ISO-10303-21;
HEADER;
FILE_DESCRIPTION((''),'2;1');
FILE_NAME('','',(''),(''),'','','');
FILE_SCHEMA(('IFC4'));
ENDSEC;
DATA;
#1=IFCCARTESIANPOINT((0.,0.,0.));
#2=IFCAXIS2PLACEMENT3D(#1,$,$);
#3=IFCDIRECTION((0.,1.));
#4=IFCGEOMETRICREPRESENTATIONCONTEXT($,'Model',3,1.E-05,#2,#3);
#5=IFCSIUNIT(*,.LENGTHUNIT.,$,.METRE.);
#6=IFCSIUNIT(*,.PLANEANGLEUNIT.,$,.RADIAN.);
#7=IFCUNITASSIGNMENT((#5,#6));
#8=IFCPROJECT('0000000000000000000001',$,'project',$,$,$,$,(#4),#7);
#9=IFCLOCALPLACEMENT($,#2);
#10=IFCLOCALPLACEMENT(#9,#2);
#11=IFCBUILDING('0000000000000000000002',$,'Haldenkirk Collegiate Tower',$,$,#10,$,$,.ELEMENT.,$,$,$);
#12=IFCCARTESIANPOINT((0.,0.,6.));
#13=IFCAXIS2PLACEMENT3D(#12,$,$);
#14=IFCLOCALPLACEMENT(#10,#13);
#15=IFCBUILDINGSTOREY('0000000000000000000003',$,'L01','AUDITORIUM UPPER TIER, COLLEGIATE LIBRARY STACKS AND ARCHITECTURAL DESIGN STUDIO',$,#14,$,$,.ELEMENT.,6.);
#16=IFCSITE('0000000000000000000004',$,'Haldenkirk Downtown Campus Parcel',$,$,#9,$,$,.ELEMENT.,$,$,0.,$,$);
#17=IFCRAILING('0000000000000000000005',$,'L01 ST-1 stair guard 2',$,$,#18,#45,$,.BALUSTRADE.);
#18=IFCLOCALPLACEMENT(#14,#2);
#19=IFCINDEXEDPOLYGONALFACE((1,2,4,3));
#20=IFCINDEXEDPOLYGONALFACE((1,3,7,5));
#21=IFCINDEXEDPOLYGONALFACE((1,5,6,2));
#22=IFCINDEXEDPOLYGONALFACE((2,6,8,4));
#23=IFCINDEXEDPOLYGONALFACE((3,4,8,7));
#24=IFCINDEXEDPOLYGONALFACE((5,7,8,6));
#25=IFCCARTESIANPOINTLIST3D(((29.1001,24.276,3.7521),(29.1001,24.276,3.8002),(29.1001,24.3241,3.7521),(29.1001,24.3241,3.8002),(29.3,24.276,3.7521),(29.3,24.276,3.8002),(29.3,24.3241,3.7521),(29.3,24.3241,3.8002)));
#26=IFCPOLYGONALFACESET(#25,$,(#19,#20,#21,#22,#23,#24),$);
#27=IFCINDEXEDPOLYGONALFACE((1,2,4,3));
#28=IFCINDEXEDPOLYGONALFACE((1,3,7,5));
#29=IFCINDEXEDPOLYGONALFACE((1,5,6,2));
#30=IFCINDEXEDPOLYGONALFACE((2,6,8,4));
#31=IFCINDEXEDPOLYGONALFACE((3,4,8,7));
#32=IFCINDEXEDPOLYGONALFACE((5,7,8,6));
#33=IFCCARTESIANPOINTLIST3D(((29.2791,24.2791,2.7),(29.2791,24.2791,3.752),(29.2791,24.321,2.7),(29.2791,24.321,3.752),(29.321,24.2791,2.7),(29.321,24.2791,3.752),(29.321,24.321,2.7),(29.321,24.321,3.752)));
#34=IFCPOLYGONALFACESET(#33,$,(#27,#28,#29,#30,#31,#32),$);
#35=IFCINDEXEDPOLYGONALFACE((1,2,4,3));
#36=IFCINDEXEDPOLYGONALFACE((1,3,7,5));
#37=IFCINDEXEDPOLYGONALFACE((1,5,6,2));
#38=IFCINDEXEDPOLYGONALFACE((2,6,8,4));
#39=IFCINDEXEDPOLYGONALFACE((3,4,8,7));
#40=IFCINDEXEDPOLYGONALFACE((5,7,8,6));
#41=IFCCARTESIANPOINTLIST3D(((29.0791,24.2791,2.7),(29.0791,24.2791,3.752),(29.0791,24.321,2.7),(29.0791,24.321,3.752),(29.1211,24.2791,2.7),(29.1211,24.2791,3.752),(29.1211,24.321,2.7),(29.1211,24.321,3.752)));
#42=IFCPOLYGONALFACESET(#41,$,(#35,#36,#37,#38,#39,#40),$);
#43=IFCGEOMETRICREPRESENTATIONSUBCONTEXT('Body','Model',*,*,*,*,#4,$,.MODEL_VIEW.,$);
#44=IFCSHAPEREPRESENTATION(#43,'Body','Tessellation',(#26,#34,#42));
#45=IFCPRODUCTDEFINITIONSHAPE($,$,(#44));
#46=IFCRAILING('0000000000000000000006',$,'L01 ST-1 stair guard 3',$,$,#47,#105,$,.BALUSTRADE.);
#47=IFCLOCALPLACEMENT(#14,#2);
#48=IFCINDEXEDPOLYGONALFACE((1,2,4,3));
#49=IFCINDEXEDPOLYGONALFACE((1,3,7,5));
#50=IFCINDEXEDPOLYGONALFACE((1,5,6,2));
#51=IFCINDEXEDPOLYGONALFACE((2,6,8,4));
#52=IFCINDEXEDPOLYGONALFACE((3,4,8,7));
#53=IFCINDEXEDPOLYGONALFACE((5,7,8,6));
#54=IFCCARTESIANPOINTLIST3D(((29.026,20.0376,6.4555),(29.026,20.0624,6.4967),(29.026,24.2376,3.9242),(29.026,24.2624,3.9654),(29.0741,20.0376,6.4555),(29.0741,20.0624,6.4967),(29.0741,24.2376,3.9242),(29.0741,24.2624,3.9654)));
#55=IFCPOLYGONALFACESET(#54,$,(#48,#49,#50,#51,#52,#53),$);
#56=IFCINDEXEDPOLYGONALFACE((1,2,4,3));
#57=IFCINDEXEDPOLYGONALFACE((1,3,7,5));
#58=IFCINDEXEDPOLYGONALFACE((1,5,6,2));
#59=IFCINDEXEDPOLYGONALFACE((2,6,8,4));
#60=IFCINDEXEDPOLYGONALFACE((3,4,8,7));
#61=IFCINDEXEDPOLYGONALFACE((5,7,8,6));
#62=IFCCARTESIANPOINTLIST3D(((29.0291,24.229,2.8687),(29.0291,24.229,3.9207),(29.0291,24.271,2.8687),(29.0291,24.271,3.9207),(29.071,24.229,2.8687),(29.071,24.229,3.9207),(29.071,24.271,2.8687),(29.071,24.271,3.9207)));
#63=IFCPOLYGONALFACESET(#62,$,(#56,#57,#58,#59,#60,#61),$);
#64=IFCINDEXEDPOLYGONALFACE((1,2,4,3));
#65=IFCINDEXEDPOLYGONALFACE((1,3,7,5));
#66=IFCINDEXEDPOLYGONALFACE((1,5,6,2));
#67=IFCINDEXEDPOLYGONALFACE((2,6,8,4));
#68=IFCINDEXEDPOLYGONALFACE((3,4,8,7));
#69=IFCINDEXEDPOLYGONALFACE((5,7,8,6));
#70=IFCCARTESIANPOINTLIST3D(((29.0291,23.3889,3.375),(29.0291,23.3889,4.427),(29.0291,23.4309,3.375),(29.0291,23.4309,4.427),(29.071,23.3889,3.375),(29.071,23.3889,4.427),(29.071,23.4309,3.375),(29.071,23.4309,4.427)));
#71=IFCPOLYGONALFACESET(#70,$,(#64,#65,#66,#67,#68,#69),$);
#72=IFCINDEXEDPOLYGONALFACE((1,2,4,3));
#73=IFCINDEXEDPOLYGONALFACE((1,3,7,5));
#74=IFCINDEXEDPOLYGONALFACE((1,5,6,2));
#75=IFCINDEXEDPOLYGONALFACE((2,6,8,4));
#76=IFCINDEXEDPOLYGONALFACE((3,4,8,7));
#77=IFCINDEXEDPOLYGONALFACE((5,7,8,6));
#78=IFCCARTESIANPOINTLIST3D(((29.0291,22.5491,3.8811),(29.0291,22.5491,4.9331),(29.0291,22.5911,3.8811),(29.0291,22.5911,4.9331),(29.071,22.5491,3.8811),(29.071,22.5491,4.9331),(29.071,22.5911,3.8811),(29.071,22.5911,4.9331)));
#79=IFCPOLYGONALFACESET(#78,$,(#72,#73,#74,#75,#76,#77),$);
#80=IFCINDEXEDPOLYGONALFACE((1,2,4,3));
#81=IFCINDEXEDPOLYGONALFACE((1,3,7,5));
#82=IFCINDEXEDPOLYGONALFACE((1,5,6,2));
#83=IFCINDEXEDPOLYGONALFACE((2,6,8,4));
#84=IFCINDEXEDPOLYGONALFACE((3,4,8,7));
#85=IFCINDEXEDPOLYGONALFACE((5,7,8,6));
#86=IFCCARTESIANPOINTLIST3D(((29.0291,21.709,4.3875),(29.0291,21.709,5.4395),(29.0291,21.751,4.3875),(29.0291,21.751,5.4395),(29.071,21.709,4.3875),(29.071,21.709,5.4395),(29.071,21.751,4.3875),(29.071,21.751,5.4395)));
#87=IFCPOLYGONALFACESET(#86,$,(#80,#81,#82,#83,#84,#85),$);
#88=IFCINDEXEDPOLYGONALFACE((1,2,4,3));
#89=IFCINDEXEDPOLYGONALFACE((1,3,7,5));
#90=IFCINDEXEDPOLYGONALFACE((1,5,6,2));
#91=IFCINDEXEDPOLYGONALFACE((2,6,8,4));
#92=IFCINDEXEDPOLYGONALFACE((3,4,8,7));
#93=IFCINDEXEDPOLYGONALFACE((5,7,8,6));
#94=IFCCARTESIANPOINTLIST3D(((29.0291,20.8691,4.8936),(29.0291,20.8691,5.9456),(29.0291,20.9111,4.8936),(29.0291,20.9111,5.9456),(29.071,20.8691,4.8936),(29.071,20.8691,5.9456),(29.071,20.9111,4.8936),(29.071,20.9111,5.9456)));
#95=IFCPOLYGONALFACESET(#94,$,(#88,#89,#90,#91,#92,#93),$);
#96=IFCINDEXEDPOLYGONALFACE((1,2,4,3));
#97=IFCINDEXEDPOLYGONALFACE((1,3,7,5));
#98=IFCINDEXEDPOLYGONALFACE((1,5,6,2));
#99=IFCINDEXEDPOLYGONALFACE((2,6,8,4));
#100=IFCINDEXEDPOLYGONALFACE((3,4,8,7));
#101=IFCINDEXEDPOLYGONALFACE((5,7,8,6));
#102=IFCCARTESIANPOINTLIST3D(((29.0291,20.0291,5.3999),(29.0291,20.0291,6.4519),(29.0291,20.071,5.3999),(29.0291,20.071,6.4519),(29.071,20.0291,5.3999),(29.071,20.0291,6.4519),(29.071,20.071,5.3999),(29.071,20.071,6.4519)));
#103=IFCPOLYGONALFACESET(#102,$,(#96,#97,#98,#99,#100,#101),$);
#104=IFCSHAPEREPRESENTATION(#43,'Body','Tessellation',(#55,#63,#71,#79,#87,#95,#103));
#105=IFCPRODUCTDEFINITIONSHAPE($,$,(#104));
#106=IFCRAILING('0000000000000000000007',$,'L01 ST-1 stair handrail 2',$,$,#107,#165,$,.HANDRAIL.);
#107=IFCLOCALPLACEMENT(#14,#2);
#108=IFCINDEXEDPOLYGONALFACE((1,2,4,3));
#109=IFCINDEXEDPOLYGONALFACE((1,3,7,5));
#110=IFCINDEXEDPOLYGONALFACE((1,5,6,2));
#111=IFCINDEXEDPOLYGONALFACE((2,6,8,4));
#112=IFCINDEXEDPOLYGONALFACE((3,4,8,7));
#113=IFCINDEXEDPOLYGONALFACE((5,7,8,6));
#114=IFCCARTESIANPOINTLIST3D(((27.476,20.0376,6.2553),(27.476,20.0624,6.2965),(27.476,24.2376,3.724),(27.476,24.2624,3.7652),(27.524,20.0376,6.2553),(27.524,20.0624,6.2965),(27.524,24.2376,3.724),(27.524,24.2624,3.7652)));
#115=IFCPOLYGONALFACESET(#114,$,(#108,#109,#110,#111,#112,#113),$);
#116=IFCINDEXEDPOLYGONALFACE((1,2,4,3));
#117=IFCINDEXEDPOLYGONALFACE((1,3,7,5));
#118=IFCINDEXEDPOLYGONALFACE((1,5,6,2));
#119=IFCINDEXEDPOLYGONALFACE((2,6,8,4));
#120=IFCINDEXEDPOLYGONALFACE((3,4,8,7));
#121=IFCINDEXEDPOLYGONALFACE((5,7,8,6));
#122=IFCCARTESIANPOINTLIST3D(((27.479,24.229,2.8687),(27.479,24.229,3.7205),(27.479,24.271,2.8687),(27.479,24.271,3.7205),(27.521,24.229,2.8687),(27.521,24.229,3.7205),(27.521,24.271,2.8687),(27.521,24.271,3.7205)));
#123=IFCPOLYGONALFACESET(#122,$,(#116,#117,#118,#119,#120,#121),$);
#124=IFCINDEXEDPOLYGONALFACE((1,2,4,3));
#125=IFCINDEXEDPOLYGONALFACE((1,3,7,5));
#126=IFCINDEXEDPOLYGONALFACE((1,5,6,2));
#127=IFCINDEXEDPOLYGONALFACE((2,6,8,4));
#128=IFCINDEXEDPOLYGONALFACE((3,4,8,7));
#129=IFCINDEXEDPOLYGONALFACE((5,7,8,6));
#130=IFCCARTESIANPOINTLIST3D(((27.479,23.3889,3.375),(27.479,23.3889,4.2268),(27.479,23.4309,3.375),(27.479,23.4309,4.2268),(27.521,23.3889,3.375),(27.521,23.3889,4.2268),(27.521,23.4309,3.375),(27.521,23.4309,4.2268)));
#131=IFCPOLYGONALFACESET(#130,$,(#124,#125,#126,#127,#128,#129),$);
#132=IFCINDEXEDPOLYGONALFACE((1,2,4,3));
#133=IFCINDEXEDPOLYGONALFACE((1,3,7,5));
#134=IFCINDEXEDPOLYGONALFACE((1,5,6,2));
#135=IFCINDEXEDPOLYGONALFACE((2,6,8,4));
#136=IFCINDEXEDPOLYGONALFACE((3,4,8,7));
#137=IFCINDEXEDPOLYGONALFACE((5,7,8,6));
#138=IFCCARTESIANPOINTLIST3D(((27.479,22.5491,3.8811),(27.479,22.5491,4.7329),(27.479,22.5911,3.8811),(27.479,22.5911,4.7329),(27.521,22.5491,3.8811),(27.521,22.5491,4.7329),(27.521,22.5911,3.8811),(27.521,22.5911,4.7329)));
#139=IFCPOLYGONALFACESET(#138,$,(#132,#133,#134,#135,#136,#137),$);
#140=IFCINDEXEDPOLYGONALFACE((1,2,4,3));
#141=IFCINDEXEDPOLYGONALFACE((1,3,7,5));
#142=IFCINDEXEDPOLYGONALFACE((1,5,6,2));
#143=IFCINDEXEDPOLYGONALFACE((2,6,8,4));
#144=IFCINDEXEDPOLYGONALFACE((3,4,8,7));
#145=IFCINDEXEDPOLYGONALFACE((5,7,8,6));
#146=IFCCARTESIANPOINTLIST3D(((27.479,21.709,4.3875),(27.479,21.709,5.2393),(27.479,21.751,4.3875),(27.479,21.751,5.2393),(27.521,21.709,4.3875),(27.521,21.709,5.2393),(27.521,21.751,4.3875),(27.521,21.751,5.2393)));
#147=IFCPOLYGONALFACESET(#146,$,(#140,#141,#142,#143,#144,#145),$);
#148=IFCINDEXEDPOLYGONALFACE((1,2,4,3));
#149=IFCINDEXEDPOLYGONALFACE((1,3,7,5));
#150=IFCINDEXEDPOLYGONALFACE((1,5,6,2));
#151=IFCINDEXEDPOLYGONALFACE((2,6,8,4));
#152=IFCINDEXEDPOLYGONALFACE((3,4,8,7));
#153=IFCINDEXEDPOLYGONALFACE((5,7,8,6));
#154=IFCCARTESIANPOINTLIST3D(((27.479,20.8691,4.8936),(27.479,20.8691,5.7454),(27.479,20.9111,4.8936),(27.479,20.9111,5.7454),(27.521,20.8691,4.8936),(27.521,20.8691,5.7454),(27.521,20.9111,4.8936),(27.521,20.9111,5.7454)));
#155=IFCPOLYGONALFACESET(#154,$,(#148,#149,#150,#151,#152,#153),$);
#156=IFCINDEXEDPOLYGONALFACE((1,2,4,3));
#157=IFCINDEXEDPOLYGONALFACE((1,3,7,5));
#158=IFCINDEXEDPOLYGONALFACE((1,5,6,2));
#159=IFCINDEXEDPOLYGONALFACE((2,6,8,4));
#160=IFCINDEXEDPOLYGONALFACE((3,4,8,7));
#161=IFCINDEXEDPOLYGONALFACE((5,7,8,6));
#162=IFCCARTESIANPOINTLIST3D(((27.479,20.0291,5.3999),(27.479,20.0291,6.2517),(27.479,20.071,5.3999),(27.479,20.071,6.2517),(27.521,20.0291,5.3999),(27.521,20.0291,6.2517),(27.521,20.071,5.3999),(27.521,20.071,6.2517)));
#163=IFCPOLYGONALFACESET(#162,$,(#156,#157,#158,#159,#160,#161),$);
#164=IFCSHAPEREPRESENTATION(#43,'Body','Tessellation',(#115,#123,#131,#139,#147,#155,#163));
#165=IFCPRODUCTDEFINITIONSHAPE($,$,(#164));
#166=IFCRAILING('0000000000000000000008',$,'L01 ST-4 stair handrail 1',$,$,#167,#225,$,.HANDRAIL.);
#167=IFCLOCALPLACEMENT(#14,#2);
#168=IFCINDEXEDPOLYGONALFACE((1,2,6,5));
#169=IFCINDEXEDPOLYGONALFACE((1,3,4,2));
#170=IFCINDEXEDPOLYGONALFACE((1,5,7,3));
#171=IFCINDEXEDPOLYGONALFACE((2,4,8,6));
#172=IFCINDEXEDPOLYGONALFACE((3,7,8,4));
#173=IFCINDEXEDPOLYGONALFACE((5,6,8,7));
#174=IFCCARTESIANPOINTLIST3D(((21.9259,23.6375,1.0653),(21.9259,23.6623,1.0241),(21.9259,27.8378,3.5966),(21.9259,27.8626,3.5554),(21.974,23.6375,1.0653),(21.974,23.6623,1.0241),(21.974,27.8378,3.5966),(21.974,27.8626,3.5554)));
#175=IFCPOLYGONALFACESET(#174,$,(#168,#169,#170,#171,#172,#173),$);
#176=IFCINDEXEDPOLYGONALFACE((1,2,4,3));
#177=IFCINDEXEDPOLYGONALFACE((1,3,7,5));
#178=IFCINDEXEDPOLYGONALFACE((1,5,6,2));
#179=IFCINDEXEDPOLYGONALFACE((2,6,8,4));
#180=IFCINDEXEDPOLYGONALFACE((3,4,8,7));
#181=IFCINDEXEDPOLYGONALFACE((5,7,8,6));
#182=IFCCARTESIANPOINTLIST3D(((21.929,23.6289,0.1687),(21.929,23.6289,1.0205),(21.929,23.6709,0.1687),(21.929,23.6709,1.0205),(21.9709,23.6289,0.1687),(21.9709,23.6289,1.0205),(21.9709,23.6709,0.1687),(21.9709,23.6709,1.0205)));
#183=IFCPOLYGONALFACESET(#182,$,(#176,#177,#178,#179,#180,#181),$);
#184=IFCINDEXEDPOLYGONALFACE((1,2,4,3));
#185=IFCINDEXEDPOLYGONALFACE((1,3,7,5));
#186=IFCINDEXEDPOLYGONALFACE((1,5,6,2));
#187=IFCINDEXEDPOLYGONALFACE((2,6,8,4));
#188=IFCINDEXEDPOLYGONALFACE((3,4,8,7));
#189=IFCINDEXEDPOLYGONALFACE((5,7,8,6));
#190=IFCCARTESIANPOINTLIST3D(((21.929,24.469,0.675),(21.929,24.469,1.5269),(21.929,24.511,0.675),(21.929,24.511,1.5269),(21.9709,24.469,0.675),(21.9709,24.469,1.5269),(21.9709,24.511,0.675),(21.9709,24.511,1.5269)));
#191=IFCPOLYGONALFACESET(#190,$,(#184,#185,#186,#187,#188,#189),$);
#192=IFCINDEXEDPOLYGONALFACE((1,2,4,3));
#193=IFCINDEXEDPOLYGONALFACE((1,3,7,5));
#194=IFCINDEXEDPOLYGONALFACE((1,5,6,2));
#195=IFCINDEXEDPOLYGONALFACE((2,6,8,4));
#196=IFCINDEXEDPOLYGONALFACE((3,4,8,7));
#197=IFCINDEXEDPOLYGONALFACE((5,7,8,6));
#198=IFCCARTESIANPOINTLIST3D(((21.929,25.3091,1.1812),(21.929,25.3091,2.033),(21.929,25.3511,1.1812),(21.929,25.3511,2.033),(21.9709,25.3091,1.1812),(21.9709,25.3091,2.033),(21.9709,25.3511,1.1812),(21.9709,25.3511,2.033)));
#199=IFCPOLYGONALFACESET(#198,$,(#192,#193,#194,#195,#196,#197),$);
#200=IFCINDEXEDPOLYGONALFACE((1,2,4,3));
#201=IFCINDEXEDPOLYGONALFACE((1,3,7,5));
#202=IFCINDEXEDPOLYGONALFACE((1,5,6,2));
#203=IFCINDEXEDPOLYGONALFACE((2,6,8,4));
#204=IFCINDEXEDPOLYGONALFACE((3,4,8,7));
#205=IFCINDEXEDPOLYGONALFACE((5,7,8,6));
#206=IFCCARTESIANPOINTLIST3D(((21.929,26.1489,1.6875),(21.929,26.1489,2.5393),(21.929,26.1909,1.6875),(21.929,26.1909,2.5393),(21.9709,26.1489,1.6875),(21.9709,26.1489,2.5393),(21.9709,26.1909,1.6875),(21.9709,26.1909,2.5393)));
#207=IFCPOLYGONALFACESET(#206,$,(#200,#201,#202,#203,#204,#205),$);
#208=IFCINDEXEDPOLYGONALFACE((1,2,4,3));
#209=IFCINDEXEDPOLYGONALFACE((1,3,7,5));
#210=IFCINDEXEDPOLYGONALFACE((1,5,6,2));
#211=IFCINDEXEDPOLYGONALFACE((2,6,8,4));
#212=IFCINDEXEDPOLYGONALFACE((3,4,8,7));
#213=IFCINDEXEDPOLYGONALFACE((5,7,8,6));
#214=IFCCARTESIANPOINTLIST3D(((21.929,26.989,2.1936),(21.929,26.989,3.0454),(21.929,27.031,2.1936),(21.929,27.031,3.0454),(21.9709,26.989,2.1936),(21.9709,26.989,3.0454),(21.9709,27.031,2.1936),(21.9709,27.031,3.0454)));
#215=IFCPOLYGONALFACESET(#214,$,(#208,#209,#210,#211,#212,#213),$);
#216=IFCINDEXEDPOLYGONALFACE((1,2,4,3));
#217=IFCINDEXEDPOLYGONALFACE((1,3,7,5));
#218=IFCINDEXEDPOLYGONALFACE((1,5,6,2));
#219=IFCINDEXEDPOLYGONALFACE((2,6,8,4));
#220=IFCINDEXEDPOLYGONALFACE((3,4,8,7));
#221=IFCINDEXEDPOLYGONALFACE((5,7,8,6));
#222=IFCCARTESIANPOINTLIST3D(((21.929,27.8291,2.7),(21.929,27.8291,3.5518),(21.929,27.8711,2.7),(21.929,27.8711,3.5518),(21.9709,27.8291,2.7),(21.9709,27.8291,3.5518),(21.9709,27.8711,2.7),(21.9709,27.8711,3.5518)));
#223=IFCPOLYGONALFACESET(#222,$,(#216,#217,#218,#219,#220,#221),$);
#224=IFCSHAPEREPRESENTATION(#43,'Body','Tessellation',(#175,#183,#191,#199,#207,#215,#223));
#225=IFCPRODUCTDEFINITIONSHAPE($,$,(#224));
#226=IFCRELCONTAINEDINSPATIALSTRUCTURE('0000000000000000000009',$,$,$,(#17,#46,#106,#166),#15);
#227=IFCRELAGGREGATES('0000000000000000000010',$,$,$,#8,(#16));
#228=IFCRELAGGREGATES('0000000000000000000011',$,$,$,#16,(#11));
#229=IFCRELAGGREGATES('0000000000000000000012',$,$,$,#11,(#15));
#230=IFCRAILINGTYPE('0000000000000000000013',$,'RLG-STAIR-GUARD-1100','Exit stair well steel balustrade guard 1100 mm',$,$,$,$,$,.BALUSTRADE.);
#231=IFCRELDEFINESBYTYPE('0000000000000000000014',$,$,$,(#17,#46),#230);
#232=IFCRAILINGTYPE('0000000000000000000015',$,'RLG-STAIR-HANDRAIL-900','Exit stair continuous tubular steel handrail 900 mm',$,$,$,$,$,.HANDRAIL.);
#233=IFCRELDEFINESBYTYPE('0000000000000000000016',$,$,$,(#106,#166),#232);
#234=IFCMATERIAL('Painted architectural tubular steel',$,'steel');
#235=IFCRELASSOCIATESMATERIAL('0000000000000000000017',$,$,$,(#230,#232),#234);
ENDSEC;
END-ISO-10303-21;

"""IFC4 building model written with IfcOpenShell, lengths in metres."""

from ifc_helpers import new_model, si_unit, direction, frame, origin, origin_2d, place, context, subcontext, project, spatial, rectangle, extrude, material, type_object, element, save


model = new_model("IFC4")

# Units and contexts
model_context = context("Model", 3, precision=1e-05, world=origin(), true_north=direction((0.0, 1.0)))
body_context = subcontext(model_context, "Body", "Model", "MODEL_VIEW")
ifc_project = project(units=[si_unit("LENGTHUNIT", "METRE"), si_unit("PLANEANGLEUNIT", "RADIAN")], contexts=[model_context])

# Site, building, storey
site_placement = place(None, origin())
site = spatial("IfcSite", under=ifc_project, at=site_placement, Name="Haldenkirk Downtown Campus Parcel", CompositionType="ELEMENT", RefElevation=0.0)
building_placement = place(site_placement, origin())
building = spatial("IfcBuilding", under=site, at=building_placement, Name="Haldenkirk Collegiate Tower", CompositionType="ELEMENT")
storey_placement = place(building_placement, frame((0.0, 0.0, 6.0)))
storey = spatial("IfcBuildingStorey", under=building, at=storey_placement, Name="L01", Description="AUDITORIUM UPPER TIER, COLLEGIATE LIBRARY STACKS AND ARCHITECTURAL DESIGN STUDIO", CompositionType="ELEMENT", Elevation=6.0)

# Railings
ifc_material_1 = material(Name="Painted architectural tubular steel", Category="steel")
railing_type_1 = type_object("IfcRailingType", Name="RLG-STAIR-GUARD-1100", Description="Exit stair well steel balustrade guard 1100 mm", PredefinedType="BALUSTRADE", material=ifc_material_1)
railing_1_placement = place(storey_placement, frame((29.3, 24.3, 2.7)))
element("IfcRailing", 1, at=railing_1_placement, inside=storey, type_object=railing_type_1, Name="L01 ST-1 stair guard 2", PredefinedType="BALUSTRADE", context=body_context, shape_type="SweptSolid", body=[
    extrude(rectangle(XDim=0.0481, YDim=0.0481, at=origin_2d()), frame((0.0, 0.0, 1.0762), z_axis=(-1.0, 0.0, 0.0), x_axis=(0.0, -1.0, 0.0)), (0.0, 0.0, 1.0), 0.2),
    extrude(rectangle(XDim=0.042, YDim=0.042, at=origin_2d()), origin(), (0.0, 0.0, 1.0), 1.052),
    extrude(rectangle(XDim=0.042, YDim=0.042, at=origin_2d()), frame((-0.2, 0.0, 0.0)), (0.0, 0.0, 1.0), 1.052),
])
railing_2_placement = place(storey_placement, frame((29.05, 24.25, 2.8687)))
element("IfcRailing", 2, at=railing_2_placement, inside=storey, type_object=railing_type_1, Name="L01 ST-1 stair guard 3", PredefinedType="BALUSTRADE", context=body_context, shape_type="SweptSolid", body=[
    extrude(rectangle(XDim=0.0481, YDim=0.0481, at=origin_2d()), frame((0.0, 0.0, 1.0762), z_axis=(0.0, -0.856476, 0.516186), x_axis=(1.0, 0.0, 0.0)), (0.0, 0.0, 1.0), 4.9038),
    extrude(rectangle(XDim=0.042, YDim=0.042, at=origin_2d()), origin(), (0.0, 0.0, 1.0), 1.052),
    extrude(rectangle(XDim=0.042, YDim=0.042, at=origin_2d()), frame((0.0, -0.8401, 0.5063)), (0.0, 0.0, 1.0), 1.052),
    extrude(rectangle(XDim=0.042, YDim=0.042, at=origin_2d()), frame((0.0, -1.6799, 1.0125)), (0.0, 0.0, 1.0), 1.052),
    extrude(rectangle(XDim=0.042, YDim=0.042, at=origin_2d()), frame((0.0, -2.52, 1.5188)), (0.0, 0.0, 1.0), 1.052),
    extrude(rectangle(XDim=0.042, YDim=0.042, at=origin_2d()), frame((0.0, -3.3599, 2.0249)), (0.0, 0.0, 1.0), 1.052),
    extrude(rectangle(XDim=0.042, YDim=0.042, at=origin_2d()), frame((0.0, -4.2, 2.5312)), (0.0, 0.0, 1.0), 1.052),
])
railing_type_2 = type_object("IfcRailingType", Name="RLG-STAIR-HANDRAIL-900", Description="Exit stair continuous tubular steel handrail 900 mm", PredefinedType="HANDRAIL", material=ifc_material_1)
railing_3_placement = place(storey_placement, frame((27.5, 24.25, 2.8687)))
element("IfcRailing", 3, at=railing_3_placement, inside=storey, type_object=railing_type_2, Name="L01 ST-1 stair handrail 2", PredefinedType="HANDRAIL", context=body_context, shape_type="SweptSolid", body=[
    extrude(rectangle(XDim=0.0481, YDim=0.0481, at=origin_2d()), frame((0.0, 0.0, 0.876), z_axis=(0.0, -0.856476, 0.516186), x_axis=(1.0, 0.0, 0.0)), (0.0, 0.0, 1.0), 4.9038),
    extrude(rectangle(XDim=0.042, YDim=0.042, at=origin_2d()), origin(), (0.0, 0.0, 1.0), 0.8518),
    extrude(rectangle(XDim=0.042, YDim=0.042, at=origin_2d()), frame((0.0, -0.8401, 0.5063)), (0.0, 0.0, 1.0), 0.8518),
    extrude(rectangle(XDim=0.042, YDim=0.042, at=origin_2d()), frame((0.0, -1.6799, 1.0125)), (0.0, 0.0, 1.0), 0.8518),
    extrude(rectangle(XDim=0.042, YDim=0.042, at=origin_2d()), frame((0.0, -2.52, 1.5188)), (0.0, 0.0, 1.0), 0.8518),
    extrude(rectangle(XDim=0.042, YDim=0.042, at=origin_2d()), frame((0.0, -3.3599, 2.0249)), (0.0, 0.0, 1.0), 0.8518),
    extrude(rectangle(XDim=0.042, YDim=0.042, at=origin_2d()), frame((0.0, -4.2, 2.5312)), (0.0, 0.0, 1.0), 0.8518),
])
railing_4_placement = place(storey_placement, frame((21.95, 23.6499, 0.1687)))
element("IfcRailing", 4, at=railing_4_placement, inside=storey, type_object=railing_type_2, Name="L01 ST-4 stair handrail 1", PredefinedType="HANDRAIL", context=body_context, shape_type="SweptSolid", body=[
    extrude(rectangle(XDim=0.0481, YDim=0.0481, at=origin_2d()), frame((0.0, 0.0, 0.876), z_axis=(0.0, 0.85649, 0.516164), x_axis=(-1.0, 0.0, 0.0)), (0.0, 0.0, 1.0), 4.9041),
    extrude(rectangle(XDim=0.042, YDim=0.042, at=origin_2d()), origin(), (0.0, 0.0, 1.0), 0.8518),
    extrude(rectangle(XDim=0.042, YDim=0.042, at=origin_2d()), frame((0.0, 0.8401, 0.5063)), (0.0, 0.0, 1.0), 0.8518),
    extrude(rectangle(XDim=0.042, YDim=0.042, at=origin_2d()), frame((0.0, 1.6802, 1.0125)), (0.0, 0.0, 1.0), 0.8518),
    extrude(rectangle(XDim=0.042, YDim=0.042, at=origin_2d()), frame((0.0, 2.52, 1.5188)), (0.0, 0.0, 1.0), 0.8518),
    extrude(rectangle(XDim=0.042, YDim=0.042, at=origin_2d()), frame((0.0, 3.3601, 2.0249)), (0.0, 0.0, 1.0), 0.8518),
    extrude(rectangle(XDim=0.042, YDim=0.042, at=origin_2d()), frame((0.0, 4.2002, 2.5312)), (0.0, 0.0, 1.0), 0.8518),
])

save(model, "model.ifc")
